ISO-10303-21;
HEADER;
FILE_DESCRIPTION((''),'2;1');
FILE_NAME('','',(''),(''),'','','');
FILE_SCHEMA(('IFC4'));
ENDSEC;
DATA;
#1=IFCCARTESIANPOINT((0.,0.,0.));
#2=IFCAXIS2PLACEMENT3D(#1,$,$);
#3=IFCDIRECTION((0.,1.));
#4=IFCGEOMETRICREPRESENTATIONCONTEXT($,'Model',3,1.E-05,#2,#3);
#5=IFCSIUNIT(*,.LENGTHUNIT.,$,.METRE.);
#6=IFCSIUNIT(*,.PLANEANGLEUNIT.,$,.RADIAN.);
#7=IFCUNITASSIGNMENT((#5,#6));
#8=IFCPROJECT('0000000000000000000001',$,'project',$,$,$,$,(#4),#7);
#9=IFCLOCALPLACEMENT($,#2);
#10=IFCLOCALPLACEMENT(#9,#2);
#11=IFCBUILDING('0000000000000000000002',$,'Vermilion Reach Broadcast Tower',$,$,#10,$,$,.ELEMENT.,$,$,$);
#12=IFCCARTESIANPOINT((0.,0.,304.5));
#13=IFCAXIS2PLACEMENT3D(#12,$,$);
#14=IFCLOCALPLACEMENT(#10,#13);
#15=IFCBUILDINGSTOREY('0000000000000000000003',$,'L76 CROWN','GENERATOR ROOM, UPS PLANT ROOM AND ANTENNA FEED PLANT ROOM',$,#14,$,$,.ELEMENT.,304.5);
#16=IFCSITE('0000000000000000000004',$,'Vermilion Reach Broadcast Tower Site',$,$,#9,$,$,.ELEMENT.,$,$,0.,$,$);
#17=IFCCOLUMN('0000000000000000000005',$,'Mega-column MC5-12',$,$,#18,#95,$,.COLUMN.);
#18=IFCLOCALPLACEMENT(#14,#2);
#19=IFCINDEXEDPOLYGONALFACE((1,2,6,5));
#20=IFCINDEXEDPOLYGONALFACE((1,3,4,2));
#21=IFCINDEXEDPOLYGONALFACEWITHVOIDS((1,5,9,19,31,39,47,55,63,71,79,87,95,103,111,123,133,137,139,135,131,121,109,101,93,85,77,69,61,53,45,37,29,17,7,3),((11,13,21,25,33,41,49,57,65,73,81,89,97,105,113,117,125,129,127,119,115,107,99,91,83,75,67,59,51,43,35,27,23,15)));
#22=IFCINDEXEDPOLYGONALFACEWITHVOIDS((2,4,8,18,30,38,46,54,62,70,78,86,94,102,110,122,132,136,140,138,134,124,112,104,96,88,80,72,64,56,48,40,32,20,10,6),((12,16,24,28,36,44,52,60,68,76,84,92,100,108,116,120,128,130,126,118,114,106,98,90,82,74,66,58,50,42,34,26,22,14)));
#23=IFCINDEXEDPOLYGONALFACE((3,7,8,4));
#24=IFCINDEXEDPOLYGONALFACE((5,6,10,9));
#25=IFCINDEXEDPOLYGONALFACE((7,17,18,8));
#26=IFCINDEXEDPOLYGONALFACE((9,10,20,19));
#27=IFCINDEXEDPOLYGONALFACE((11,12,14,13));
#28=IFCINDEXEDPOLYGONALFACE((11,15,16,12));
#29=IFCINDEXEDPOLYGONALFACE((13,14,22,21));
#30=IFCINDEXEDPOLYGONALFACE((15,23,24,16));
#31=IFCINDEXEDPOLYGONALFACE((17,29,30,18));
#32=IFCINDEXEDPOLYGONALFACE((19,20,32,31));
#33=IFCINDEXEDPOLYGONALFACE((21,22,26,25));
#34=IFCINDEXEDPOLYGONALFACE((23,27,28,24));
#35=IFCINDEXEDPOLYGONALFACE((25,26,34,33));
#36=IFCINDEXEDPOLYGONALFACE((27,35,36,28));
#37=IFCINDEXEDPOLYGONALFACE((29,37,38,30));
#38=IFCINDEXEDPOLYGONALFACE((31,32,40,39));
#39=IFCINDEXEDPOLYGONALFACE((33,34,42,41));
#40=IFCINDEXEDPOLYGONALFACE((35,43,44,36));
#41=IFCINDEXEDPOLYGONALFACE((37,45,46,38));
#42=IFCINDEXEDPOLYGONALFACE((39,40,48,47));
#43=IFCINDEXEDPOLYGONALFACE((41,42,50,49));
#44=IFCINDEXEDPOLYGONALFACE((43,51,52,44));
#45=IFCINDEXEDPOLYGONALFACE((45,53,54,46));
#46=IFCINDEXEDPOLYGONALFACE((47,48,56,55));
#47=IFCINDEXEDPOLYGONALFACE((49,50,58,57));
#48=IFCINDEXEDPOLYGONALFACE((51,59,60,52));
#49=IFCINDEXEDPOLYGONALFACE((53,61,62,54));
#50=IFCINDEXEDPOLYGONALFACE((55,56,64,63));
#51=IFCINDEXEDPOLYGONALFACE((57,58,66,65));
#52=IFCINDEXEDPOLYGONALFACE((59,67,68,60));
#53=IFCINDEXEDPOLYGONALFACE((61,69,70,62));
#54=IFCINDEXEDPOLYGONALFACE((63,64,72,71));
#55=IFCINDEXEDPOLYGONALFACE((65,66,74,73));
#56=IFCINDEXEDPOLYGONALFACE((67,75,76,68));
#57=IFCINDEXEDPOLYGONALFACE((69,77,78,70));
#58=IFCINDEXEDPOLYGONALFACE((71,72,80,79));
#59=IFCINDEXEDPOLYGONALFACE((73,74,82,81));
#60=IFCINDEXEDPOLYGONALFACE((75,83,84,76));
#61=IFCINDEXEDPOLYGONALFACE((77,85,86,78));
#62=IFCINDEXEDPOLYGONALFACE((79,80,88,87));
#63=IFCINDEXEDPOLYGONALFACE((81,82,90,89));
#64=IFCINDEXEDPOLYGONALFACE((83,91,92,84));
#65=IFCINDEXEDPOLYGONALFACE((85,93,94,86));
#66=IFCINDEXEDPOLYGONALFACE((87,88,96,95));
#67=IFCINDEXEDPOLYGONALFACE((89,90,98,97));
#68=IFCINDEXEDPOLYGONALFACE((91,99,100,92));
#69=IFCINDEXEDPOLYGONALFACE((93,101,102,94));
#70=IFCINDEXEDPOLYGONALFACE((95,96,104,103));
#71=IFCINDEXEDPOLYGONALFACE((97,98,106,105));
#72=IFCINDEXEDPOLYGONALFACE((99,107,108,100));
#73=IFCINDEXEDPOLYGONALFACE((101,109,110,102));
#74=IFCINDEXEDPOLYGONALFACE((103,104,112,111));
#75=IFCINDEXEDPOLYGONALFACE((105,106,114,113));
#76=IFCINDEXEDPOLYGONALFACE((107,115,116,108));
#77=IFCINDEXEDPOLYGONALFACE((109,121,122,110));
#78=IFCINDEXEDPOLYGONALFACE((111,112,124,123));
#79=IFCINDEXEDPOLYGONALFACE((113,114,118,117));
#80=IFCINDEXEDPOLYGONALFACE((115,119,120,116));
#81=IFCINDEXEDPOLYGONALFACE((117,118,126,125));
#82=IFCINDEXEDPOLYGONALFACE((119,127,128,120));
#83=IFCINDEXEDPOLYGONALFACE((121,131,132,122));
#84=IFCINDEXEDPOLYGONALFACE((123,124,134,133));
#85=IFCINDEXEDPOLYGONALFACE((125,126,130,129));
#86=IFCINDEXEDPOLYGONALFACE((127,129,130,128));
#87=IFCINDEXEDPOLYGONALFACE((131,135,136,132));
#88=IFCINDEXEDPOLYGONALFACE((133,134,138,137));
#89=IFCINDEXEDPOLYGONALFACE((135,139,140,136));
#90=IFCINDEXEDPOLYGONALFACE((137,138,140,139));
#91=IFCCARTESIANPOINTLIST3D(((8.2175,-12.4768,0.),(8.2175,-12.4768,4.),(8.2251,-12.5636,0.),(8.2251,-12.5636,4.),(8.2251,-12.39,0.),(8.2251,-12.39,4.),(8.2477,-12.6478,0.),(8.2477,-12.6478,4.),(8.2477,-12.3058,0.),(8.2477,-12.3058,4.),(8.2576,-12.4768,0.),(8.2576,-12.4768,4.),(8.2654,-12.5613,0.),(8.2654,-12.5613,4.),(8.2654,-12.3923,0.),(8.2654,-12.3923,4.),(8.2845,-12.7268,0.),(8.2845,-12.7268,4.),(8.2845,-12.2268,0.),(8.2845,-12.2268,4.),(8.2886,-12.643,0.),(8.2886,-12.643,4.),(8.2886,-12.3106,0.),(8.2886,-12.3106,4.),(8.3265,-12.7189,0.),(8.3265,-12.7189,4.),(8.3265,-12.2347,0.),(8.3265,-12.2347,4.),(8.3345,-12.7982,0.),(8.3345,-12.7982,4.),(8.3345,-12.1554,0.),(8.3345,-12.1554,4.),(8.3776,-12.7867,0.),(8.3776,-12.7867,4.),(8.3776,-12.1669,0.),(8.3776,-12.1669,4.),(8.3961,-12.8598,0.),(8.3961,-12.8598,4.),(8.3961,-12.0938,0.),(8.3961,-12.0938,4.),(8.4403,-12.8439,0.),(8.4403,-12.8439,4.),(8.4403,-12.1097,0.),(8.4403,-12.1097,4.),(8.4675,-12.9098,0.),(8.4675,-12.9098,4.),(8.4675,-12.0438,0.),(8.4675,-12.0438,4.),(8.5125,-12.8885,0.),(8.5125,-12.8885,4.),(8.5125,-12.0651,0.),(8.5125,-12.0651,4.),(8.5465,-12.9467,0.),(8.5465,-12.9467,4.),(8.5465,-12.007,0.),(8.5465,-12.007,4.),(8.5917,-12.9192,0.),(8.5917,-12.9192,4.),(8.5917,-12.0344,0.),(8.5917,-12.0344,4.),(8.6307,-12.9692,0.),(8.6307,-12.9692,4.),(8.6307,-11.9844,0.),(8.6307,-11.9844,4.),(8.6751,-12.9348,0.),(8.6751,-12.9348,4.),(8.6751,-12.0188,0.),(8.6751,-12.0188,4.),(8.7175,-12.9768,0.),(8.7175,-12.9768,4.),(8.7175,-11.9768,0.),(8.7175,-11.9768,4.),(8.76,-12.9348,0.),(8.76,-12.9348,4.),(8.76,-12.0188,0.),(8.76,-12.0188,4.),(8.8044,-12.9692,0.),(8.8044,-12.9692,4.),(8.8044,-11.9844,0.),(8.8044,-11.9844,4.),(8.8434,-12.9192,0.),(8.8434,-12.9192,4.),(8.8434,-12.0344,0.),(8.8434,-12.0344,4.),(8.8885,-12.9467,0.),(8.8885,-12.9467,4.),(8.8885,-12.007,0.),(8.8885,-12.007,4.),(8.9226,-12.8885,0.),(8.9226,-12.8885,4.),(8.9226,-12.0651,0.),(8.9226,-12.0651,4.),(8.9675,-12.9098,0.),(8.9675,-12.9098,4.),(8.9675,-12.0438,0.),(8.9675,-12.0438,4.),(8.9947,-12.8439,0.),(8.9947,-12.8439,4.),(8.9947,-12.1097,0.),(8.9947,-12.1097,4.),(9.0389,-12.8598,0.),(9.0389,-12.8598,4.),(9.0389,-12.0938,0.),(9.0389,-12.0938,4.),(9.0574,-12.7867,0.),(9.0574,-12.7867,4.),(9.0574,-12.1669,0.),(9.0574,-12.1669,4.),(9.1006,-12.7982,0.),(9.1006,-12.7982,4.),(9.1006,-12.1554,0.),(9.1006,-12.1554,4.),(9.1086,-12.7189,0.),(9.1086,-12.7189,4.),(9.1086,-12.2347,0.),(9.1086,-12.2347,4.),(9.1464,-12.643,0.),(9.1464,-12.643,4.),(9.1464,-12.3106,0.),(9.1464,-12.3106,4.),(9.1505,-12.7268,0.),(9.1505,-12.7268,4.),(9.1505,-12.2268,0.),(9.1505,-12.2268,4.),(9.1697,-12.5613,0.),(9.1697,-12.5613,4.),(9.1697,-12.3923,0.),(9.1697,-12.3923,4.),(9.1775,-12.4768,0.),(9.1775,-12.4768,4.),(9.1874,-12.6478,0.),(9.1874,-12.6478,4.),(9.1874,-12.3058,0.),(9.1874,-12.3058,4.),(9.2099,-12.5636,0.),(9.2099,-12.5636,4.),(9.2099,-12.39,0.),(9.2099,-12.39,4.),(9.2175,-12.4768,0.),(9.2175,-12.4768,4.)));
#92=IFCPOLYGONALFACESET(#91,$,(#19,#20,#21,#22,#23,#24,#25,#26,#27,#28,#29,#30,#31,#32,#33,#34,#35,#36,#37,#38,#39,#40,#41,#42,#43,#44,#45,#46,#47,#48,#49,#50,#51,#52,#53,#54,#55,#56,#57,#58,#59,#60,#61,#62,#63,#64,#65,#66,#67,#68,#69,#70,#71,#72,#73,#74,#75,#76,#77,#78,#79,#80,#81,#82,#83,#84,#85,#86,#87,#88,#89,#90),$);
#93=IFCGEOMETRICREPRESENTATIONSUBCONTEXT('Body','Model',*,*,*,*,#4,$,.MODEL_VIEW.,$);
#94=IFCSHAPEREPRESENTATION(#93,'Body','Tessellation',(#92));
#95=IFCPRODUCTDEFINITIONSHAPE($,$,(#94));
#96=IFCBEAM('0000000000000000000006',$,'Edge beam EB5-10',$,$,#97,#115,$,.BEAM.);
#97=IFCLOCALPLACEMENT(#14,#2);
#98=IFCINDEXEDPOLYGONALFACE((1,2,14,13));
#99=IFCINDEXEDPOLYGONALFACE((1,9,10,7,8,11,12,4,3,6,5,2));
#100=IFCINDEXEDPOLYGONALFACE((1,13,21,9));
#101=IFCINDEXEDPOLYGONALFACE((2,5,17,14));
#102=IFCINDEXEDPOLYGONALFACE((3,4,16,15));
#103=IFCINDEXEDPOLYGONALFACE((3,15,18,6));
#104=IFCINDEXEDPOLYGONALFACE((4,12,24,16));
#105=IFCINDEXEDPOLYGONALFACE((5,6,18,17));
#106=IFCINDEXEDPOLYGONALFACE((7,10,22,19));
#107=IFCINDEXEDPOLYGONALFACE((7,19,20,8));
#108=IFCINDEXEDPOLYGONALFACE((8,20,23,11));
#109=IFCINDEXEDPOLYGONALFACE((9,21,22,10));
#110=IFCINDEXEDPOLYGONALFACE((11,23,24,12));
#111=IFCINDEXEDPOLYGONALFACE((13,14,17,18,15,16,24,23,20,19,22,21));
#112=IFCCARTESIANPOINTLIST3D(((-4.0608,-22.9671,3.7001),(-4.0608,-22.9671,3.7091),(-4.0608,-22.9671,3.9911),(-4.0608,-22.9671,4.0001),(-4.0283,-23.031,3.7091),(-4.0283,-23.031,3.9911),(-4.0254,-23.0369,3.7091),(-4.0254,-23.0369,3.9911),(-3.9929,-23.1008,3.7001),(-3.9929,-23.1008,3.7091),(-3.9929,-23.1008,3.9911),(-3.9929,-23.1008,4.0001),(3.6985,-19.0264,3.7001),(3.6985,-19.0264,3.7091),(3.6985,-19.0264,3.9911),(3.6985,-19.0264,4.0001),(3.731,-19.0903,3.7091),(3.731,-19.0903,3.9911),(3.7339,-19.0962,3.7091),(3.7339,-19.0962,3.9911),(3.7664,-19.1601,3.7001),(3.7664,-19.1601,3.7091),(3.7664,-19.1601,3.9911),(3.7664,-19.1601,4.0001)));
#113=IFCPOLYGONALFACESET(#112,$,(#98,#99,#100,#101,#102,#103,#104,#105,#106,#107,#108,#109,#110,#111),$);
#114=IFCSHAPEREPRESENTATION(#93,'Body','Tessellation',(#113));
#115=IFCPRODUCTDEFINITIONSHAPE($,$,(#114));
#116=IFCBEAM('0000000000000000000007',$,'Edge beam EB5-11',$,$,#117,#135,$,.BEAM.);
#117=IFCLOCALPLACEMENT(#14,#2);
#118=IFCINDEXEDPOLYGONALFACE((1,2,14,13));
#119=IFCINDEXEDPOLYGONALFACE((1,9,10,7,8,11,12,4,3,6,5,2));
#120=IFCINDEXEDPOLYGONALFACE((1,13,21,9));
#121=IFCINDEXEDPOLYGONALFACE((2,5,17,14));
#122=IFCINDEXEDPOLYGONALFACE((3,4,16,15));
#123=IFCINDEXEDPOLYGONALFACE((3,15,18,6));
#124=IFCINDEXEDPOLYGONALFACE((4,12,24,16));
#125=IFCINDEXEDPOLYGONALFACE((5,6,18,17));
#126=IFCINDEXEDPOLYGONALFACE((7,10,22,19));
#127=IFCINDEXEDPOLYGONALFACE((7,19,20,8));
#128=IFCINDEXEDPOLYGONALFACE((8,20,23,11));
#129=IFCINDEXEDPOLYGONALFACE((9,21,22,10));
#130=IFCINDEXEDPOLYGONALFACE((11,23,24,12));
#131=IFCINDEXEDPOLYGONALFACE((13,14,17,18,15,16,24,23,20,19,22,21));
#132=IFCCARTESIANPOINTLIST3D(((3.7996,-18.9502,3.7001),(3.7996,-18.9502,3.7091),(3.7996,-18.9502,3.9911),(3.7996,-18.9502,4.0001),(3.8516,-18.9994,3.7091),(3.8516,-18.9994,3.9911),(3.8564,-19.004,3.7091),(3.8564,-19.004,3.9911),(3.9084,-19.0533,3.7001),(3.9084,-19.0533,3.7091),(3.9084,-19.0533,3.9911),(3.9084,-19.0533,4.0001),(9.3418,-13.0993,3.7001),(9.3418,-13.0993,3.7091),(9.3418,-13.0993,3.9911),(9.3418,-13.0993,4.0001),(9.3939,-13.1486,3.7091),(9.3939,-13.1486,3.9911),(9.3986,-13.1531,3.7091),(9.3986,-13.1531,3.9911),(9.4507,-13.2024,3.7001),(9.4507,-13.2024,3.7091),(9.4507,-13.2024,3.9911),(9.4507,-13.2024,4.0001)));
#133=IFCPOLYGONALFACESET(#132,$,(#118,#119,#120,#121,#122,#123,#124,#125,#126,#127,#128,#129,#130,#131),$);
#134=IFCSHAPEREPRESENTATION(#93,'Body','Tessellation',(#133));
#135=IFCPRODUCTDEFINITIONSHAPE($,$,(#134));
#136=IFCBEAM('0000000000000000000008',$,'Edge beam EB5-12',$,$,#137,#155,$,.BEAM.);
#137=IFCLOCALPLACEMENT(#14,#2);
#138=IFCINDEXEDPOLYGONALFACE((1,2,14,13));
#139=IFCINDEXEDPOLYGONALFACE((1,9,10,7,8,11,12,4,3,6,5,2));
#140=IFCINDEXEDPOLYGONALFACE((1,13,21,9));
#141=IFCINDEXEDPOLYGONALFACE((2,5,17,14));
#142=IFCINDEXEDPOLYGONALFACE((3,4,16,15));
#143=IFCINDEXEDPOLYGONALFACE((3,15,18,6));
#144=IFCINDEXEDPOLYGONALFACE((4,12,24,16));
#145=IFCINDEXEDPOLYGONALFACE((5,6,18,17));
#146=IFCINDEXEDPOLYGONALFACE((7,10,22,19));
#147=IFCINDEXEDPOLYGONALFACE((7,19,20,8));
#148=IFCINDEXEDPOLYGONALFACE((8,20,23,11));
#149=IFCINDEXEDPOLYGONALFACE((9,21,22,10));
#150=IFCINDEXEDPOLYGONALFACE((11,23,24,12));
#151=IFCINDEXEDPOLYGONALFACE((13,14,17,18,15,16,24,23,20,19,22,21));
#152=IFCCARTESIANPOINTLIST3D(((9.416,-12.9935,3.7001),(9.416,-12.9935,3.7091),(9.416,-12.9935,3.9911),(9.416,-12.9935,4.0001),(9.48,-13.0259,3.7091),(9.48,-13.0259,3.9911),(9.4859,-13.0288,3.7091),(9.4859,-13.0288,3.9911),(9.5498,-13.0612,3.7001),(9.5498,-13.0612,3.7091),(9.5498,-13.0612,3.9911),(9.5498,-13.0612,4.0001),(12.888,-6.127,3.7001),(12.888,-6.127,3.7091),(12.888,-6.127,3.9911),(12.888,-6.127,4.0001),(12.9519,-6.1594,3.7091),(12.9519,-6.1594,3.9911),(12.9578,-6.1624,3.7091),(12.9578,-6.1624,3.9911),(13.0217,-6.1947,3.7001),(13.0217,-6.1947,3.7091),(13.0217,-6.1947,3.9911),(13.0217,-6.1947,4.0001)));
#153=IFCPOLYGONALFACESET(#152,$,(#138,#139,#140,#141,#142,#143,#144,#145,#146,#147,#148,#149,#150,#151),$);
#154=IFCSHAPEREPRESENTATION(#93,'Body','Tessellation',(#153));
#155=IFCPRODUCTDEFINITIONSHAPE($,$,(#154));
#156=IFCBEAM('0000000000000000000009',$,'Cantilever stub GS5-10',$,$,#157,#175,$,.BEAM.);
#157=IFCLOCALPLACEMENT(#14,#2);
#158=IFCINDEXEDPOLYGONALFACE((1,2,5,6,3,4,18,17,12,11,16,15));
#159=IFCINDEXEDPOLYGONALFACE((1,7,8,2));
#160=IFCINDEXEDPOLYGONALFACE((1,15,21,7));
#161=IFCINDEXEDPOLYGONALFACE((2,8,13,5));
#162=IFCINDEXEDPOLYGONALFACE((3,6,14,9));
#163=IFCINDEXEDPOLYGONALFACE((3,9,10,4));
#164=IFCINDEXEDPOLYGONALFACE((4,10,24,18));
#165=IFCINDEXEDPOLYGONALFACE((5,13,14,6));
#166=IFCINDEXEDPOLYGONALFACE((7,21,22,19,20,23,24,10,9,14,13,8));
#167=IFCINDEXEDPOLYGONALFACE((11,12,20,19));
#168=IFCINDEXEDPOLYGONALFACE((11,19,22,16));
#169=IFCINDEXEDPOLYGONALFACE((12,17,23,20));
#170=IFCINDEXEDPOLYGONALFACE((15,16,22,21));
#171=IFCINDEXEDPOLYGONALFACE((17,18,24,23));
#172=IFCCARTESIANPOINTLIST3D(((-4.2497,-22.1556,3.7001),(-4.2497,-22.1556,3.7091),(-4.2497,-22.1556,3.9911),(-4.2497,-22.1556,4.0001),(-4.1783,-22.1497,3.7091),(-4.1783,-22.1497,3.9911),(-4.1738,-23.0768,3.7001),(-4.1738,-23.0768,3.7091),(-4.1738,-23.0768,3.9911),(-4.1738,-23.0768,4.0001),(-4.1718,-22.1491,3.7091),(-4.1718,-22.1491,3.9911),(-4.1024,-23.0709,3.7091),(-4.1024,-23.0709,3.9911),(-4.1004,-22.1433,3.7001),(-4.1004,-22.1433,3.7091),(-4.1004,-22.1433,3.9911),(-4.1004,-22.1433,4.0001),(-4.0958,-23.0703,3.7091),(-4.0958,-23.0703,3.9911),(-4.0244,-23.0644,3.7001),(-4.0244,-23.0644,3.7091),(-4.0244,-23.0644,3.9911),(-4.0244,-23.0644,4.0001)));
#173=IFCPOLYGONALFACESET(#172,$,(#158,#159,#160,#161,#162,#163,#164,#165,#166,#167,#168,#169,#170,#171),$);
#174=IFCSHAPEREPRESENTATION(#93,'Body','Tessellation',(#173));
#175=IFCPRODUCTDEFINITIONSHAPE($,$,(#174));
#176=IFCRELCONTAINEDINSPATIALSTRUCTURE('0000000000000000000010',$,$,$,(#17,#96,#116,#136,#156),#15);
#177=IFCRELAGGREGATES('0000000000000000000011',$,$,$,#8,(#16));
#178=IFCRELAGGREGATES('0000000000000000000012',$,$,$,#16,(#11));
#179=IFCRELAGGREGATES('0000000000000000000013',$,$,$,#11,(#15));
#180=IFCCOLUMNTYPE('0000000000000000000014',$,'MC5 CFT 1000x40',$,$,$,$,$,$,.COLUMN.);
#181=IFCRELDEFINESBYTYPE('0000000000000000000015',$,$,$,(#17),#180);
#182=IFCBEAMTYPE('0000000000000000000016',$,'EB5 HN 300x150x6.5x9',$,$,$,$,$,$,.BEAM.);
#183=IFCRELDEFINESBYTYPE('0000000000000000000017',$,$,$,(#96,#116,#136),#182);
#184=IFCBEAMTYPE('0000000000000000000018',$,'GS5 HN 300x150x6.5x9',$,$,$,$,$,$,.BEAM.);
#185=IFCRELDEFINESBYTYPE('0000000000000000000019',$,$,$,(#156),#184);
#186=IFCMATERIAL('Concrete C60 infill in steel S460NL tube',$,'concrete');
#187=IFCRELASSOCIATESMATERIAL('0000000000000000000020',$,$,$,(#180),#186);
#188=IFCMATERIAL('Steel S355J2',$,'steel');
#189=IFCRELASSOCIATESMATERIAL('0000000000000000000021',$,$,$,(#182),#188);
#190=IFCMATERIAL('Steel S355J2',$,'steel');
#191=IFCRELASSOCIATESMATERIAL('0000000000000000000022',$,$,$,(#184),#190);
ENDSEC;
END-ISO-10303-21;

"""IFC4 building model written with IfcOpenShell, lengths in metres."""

from ifc_helpers import new_model, si_unit, direction, frame, origin, origin_2d, place, context, subcontext, project, spatial, hollow_circle, i_section, extrude, material, material_profile, profile_set, type_object, element, save


model = new_model("IFC4")

# Units and contexts
model_context = context("Model", 3, precision=1e-05, world=origin(), true_north=direction((0.0, 1.0)))
body_context = subcontext(model_context, "Body", "Model", "MODEL_VIEW")
ifc_project = project(units=[si_unit("LENGTHUNIT", "METRE"), si_unit("PLANEANGLEUNIT", "RADIAN")], contexts=[model_context])

# Site, building, storey
site_placement = place(None, origin())
site = spatial("IfcSite", under=ifc_project, at=site_placement, Name="Vermilion Reach Broadcast Tower Site", CompositionType="ELEMENT", RefElevation=0.0)
building_placement = place(site_placement, origin())
building = spatial("IfcBuilding", under=site, at=building_placement, Name="Vermilion Reach Broadcast Tower", CompositionType="ELEMENT")
storey_placement = place(building_placement, frame((0.0, 0.0, 304.5)))
storey = spatial("IfcBuildingStorey", under=building, at=storey_placement, Name="L76 CROWN", Description="GENERATOR ROOM, UPS PLANT ROOM AND ANTENNA FEED PLANT ROOM", CompositionType="ELEMENT", Elevation=304.5)

# Column
ifc_material_1 = material(Name="Concrete C60 infill in steel S460NL tube", Category="concrete")
ifc_material_profile_1 = material_profile(ifc_material_1, hollow_circle(Radius=0.5, WallThickness=0.04, at=origin_2d()), Name="Concrete C60 infill in steel S460NL tube CFT 1000x40")
ifc_profile_set_1 = profile_set([ifc_material_profile_1], Name="Concrete C60 infill in steel S460NL tube")
column_type = type_object("IfcColumnType", Name="MC5 CFT 1000x40", PredefinedType="COLUMN", material=ifc_profile_set_1)
for number, where, z_axis, x_axis, name in (
    (1, (8.7175, -12.4768, 0.0), (0.0, 0.0, 1.0), (1.0, 0.0, 0.0), "Mega-column MC5-12"),
):
    element("IfcColumn", number, at=place(storey_placement, frame(where, z_axis=z_axis, x_axis=x_axis)), inside=storey, type_object=column_type, Name=name, PredefinedType="COLUMN", context=body_context, shape_type="SweptSolid", body=[
        extrude(hollow_circle(Radius=0.5, WallThickness=0.04, at=origin_2d()), origin(), (0.0, 0.0, 1.0), 4.0),
    ])

# Beams
ifc_material_2 = material(Name="Steel S355J2", Category="steel")
ifc_material_profile_2 = material_profile(ifc_material_2, i_section(OverallWidth=0.1499, OverallDepth=0.3, WebThickness=0.0066, FlangeThickness=0.009, at=origin_2d()), Name="S355J2 HN 300x150x6.5x9")
ifc_profile_set_2 = profile_set([ifc_material_profile_2], Name="Steel S355J2")
beam_type_1 = type_object("IfcBeamType", Name="EB5 HN 300x150x6.5x9", PredefinedType="BEAM", material=ifc_profile_set_2)
beam_1_placement = place(storey_placement, frame((-4.0269, -23.0339, 3.8501), z_axis=(0.891604, 0.452816, 0.0), x_axis=(-0.452816, 0.891604, 0.0)))
element("IfcBeam", 2, at=beam_1_placement, inside=storey, type_object=beam_type_1, Name="Edge beam EB5-10", PredefinedType="BEAM", context=body_context, shape_type="SweptSolid", body=[
    extrude(i_section(OverallWidth=0.1499, OverallDepth=0.3, WebThickness=0.0066, FlangeThickness=0.009, at=origin_2d()), origin(), (0.0, 0.0, 1.0), 8.7026),
])
beam_2_placement = place(storey_placement, frame((3.854, -19.0017, 3.8501), z_axis=(0.687702, 0.725993, 0.0), x_axis=(-0.725993, 0.687702, 0.0)))
element("IfcBeam", 3, at=beam_2_placement, inside=storey, type_object=beam_type_1, Name="Edge beam EB5-11", PredefinedType="BEAM", context=body_context, shape_type="SweptSolid", body=[
    extrude(i_section(OverallWidth=0.1499, OverallDepth=0.3, WebThickness=0.0066, FlangeThickness=0.009, at=origin_2d()), origin(), (0.0, 0.0, 1.0), 8.0591),
])
beam_3_placement = place(storey_placement, frame((9.4829, -13.0273, 3.8501), z_axis=(0.451232, 0.892406, 0.0), x_axis=(-0.892406, 0.451232, 0.0)))
element("IfcBeam", 4, at=beam_3_placement, inside=storey, type_object=beam_type_1, Name="Edge beam EB5-12", PredefinedType="BEAM", context=body_context, shape_type="SweptSolid", body=[
    extrude(i_section(OverallWidth=0.1499, OverallDepth=0.3, WebThickness=0.0066, FlangeThickness=0.009, at=origin_2d()), origin(), (0.0, 0.0, 1.0), 7.6943),
])
ifc_material_3 = material(Name="Steel S355J2", Category="steel")
ifc_material_profile_3 = material_profile(ifc_material_3, i_section(OverallWidth=0.1499, OverallDepth=0.3, WebThickness=0.0066, FlangeThickness=0.009, at=origin_2d()), Name="S355J2 HN 300x150x6.5x9")
ifc_profile_set_3 = profile_set([ifc_material_profile_3], Name="Steel S355J2")
beam_type_2 = type_object("IfcBeamType", Name="GS5 HN 300x150x6.5x9", PredefinedType="BEAM", material=ifc_profile_set_3)
beam_4_placement = place(storey_placement, frame((-4.175, -22.1494, 3.8501), z_axis=(0.082149, -0.99662, 0.0), x_axis=(0.99662, 0.082149, 0.0)))
element("IfcBeam", 5, at=beam_4_placement, inside=storey, type_object=beam_type_2, Name="Cantilever stub GS5-10", PredefinedType="BEAM", context=body_context, shape_type="SweptSolid", body=[
    extrude(i_section(OverallWidth=0.1499, OverallDepth=0.3, WebThickness=0.0066, FlangeThickness=0.009, at=origin_2d()), origin(), (0.0, 0.0, 1.0), 0.9243),
])

save(model, "model.ifc")
